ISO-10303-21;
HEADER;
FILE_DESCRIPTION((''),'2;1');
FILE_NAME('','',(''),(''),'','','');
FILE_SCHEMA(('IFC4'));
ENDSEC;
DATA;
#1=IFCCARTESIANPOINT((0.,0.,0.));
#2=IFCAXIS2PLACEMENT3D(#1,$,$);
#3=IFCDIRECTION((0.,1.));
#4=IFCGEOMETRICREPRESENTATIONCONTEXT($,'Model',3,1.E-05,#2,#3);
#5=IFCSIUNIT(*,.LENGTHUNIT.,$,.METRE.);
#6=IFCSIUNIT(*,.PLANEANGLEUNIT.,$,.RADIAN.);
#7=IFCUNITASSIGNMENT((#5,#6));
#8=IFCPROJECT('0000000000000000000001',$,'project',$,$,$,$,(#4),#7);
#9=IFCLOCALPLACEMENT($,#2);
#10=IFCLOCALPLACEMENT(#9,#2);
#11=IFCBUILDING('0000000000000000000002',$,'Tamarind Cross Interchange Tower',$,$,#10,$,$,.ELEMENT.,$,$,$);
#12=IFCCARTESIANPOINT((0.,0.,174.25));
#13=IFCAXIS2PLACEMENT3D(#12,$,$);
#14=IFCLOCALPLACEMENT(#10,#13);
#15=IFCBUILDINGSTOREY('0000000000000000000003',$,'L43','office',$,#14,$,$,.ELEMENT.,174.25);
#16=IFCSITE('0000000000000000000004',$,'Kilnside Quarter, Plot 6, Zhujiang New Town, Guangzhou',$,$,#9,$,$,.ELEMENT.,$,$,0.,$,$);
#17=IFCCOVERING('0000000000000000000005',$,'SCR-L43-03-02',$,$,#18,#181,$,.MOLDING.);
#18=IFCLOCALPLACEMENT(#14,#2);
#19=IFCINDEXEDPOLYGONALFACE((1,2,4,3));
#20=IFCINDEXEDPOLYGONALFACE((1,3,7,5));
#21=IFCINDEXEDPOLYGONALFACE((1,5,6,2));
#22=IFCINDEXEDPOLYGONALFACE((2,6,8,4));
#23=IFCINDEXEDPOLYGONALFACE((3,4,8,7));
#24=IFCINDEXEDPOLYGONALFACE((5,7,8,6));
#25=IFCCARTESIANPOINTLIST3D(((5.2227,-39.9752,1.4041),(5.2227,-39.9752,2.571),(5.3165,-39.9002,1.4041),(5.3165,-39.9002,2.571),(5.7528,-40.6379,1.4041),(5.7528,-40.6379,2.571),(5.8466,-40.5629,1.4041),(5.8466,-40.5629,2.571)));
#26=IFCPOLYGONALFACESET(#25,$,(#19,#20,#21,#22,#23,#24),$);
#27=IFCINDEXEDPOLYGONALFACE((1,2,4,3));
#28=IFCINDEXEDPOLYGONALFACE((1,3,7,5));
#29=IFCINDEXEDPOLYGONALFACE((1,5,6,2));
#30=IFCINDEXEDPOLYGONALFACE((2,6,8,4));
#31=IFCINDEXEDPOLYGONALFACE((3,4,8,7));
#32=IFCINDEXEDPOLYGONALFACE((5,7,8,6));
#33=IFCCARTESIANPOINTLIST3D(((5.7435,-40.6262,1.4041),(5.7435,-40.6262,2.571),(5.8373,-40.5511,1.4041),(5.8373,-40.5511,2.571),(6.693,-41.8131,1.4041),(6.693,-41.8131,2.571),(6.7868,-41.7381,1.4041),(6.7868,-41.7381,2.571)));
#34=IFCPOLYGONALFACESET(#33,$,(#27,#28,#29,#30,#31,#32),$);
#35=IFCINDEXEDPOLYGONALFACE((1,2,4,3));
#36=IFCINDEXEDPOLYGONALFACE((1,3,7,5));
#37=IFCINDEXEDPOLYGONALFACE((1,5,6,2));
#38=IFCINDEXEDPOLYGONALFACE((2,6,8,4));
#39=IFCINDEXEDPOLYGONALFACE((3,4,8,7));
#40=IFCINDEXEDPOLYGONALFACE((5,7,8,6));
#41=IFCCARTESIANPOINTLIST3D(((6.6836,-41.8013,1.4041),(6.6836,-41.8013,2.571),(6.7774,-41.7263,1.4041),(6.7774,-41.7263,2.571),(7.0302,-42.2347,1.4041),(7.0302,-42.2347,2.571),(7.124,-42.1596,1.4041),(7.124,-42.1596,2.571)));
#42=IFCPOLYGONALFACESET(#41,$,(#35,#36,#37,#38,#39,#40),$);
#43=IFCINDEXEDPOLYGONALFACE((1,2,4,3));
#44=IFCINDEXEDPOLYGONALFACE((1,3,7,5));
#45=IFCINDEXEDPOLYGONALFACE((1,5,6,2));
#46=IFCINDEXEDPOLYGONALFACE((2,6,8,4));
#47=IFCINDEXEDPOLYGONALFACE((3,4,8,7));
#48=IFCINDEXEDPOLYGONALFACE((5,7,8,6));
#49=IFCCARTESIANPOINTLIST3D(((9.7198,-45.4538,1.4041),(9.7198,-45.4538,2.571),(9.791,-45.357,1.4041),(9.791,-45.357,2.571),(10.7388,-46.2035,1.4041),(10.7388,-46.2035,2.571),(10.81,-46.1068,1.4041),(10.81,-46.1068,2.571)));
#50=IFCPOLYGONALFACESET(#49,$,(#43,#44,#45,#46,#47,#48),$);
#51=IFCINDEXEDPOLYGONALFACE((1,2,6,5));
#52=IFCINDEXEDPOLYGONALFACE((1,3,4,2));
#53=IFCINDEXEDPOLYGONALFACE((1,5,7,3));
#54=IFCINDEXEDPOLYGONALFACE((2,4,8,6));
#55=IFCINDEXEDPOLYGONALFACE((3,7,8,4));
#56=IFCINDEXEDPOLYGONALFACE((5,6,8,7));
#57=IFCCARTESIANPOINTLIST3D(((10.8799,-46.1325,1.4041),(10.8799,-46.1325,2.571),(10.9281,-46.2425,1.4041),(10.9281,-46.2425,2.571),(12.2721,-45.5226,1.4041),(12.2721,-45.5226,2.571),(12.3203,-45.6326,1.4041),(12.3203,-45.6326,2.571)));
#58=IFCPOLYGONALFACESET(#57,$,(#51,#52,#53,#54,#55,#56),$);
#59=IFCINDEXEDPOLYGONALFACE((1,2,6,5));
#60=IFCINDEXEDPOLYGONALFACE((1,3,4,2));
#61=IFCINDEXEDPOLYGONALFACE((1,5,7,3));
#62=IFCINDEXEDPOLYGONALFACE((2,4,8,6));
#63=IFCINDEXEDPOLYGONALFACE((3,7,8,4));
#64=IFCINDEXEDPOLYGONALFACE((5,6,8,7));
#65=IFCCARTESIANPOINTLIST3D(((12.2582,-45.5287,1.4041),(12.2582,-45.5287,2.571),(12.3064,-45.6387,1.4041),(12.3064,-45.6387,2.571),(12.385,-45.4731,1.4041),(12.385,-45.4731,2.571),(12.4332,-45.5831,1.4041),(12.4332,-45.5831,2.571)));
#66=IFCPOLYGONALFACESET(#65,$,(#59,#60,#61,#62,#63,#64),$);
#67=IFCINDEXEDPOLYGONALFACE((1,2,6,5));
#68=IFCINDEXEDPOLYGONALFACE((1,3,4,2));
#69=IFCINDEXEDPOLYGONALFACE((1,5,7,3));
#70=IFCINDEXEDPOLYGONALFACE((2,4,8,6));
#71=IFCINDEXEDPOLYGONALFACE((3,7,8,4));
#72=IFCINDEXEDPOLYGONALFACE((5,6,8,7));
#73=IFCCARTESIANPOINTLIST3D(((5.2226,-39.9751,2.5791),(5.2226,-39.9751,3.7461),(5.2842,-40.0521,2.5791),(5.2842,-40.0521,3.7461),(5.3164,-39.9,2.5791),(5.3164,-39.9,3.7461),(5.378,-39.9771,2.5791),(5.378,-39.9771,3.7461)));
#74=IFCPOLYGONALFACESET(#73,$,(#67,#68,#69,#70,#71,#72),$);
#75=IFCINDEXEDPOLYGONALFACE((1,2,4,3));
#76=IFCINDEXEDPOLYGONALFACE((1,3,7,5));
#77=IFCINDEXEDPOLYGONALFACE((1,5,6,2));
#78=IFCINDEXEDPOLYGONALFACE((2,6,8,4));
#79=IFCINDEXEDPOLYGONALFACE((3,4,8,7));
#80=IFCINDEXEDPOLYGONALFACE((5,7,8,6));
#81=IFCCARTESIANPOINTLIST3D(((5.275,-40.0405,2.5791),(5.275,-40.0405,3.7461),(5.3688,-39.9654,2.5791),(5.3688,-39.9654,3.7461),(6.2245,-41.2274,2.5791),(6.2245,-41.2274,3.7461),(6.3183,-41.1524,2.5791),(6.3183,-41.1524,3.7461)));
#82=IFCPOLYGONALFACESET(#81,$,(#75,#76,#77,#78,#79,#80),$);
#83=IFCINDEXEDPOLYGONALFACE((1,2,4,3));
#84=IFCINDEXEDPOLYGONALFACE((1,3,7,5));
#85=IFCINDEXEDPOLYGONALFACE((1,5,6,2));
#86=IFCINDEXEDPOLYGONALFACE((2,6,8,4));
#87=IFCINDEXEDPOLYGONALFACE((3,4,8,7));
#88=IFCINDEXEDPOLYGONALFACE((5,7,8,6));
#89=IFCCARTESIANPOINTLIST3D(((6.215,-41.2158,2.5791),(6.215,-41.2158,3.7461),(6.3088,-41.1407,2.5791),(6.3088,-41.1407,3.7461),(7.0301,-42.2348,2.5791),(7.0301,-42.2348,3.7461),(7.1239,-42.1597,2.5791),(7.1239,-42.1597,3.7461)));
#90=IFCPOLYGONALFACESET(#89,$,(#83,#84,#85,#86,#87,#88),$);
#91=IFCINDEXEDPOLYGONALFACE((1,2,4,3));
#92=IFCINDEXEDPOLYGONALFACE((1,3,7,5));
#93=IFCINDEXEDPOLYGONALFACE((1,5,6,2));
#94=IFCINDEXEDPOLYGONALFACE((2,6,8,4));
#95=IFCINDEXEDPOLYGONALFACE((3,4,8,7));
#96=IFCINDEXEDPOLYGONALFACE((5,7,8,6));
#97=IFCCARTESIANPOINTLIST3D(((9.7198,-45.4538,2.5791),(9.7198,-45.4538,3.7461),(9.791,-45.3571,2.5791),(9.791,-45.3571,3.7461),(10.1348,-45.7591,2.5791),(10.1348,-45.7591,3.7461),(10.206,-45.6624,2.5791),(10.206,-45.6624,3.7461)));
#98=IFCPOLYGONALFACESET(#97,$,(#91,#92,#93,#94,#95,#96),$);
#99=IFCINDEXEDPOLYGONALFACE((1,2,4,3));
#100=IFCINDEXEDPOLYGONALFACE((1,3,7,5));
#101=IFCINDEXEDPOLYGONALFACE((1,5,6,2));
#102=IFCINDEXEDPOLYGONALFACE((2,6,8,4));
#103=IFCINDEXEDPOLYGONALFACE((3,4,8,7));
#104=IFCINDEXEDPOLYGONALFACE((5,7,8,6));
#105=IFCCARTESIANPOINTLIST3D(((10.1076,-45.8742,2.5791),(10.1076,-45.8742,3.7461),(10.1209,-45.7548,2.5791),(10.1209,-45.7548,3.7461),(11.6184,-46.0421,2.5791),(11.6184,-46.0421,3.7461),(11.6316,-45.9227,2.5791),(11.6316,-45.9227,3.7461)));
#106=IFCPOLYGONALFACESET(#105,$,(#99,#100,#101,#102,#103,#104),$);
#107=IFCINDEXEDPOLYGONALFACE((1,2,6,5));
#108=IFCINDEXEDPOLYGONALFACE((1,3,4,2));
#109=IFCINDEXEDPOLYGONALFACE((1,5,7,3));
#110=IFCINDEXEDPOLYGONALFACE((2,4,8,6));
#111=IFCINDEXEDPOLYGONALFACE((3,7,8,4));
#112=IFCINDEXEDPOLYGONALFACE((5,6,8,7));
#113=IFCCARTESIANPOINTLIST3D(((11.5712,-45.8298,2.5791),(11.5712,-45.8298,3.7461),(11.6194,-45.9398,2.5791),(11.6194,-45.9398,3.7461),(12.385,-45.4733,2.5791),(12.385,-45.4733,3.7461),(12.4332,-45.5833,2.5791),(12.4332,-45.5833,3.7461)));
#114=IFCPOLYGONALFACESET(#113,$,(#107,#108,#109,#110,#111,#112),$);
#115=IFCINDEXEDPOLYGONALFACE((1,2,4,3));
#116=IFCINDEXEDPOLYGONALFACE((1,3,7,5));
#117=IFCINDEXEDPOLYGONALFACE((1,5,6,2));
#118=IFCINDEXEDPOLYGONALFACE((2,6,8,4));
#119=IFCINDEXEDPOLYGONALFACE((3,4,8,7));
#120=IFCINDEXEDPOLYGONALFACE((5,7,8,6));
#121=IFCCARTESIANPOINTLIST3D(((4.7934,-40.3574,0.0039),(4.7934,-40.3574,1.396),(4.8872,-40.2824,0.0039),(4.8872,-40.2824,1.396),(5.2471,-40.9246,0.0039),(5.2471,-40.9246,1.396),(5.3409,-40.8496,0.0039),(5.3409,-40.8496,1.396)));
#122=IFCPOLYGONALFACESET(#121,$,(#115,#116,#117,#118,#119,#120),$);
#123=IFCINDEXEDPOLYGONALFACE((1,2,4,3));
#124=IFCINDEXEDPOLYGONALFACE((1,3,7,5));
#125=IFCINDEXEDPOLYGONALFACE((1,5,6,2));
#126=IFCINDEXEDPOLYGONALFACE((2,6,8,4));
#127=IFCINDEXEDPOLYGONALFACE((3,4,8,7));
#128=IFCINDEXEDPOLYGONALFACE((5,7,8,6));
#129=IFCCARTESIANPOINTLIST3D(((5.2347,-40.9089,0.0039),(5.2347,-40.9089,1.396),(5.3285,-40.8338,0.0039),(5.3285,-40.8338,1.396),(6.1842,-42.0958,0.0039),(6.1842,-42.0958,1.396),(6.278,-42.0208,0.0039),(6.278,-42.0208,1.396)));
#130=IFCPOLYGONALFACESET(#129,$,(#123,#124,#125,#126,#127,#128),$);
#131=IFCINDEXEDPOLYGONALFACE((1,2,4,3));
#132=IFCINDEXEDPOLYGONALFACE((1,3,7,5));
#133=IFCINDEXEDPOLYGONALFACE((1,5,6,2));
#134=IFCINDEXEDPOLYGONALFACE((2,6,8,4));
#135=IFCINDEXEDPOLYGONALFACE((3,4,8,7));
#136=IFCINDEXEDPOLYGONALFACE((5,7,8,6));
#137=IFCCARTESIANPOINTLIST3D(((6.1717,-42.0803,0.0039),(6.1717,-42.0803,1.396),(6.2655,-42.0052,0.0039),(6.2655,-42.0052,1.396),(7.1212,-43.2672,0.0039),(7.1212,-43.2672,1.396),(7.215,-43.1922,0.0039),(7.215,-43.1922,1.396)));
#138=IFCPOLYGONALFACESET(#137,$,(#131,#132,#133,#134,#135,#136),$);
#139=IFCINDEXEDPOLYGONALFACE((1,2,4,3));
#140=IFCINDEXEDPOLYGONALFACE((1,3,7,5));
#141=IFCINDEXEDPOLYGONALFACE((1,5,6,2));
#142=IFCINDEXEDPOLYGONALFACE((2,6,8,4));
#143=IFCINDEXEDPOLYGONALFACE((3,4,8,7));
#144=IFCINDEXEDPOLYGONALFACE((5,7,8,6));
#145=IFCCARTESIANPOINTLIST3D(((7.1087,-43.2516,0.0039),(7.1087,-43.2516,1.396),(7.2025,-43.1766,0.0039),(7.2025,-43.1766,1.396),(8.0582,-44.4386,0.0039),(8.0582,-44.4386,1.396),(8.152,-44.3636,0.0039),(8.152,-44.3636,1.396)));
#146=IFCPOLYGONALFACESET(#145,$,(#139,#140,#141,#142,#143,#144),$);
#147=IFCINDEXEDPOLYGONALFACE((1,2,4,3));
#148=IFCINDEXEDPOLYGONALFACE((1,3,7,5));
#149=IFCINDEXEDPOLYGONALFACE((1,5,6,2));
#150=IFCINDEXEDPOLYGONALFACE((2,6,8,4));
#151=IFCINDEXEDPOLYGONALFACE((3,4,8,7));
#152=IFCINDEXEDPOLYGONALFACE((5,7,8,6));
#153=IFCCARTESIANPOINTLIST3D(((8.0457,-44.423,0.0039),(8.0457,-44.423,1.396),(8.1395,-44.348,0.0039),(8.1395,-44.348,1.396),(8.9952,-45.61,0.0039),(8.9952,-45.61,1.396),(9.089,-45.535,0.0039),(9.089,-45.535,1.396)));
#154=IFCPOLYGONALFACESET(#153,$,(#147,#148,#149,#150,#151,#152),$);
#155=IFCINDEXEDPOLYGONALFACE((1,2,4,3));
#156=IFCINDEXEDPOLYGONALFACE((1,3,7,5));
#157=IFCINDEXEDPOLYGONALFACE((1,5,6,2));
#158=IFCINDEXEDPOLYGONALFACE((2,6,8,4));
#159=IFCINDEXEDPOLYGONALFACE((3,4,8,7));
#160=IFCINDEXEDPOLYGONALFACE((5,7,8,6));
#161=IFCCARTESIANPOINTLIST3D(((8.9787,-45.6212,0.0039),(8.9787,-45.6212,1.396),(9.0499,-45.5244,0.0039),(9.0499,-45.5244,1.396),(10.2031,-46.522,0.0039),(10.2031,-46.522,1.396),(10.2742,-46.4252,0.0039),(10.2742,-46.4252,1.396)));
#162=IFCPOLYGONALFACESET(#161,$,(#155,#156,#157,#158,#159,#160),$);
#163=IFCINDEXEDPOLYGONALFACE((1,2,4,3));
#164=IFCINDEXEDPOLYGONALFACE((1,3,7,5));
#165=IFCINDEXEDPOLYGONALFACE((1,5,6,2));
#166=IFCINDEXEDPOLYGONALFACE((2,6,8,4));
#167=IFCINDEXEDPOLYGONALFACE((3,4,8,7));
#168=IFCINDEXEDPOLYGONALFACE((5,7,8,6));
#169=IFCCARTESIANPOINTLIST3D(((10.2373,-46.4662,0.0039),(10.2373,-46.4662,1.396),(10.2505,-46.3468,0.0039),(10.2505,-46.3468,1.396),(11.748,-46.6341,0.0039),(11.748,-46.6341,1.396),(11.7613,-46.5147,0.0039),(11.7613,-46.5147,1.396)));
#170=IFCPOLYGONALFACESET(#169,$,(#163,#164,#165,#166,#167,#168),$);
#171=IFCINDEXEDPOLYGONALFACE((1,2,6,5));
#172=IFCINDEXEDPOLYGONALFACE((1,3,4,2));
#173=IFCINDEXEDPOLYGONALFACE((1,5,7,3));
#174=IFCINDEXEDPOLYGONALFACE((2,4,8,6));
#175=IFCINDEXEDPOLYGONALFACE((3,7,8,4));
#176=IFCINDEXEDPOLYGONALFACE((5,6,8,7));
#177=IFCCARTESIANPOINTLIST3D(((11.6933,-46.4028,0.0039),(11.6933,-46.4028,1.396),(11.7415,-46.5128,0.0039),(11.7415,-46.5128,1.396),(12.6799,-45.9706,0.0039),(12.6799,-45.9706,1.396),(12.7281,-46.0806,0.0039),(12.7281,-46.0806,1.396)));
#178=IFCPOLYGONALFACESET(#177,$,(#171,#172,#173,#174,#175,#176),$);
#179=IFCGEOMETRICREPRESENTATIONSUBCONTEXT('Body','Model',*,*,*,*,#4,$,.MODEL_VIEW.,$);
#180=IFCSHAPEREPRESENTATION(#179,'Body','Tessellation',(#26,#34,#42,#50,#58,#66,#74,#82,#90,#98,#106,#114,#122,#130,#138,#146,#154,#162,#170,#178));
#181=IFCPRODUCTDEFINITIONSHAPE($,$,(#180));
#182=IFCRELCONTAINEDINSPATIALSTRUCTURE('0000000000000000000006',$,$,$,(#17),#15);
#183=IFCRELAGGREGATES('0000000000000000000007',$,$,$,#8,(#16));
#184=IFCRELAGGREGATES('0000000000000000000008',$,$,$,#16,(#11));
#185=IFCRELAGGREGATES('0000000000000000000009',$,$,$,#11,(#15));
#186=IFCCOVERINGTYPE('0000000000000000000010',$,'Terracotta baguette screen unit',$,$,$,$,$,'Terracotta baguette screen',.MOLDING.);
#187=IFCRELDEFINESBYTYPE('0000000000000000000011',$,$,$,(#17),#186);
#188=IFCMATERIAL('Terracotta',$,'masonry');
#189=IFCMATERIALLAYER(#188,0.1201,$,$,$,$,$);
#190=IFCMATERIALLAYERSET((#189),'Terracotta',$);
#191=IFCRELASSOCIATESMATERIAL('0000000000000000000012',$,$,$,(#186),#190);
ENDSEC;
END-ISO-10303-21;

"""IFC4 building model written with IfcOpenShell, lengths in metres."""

from ifc_helpers import new_model, si_unit, direction, frame, origin, origin_2d, place, context, subcontext, project, spatial, rectangle, extrude, material, layer, layer_set, type_object, element, save


model = new_model("IFC4")

# Units and contexts
model_context = context("Model", 3, precision=1e-05, world=origin(), true_north=direction((0.0, 1.0)))
body_context = subcontext(model_context, "Body", "Model", "MODEL_VIEW")
ifc_project = project(units=[si_unit("LENGTHUNIT", "METRE"), si_unit("PLANEANGLEUNIT", "RADIAN")], contexts=[model_context])

# Site, building, storey
site_placement = place(None, origin())
site = spatial("IfcSite", under=ifc_project, at=site_placement, Name="Kilnside Quarter, Plot 6, Zhujiang New Town, Guangzhou", CompositionType="ELEMENT", RefElevation=0.0)
building_placement = place(site_placement, origin())
building = spatial("IfcBuilding", under=site, at=building_placement, Name="Tamarind Cross Interchange Tower", CompositionType="ELEMENT")
storey_placement = place(building_placement, frame((0.0, 0.0, 174.25)))
storey = spatial("IfcBuildingStorey", under=building, at=storey_placement, Name="L43", Description="office", CompositionType="ELEMENT", Elevation=174.25)

# Covering
ifc_material_1 = material(Name="Terracotta", Category="masonry")
ifc_layer_1 = layer(ifc_material_1, 0.1201)
ifc_layer_set_1 = layer_set([ifc_layer_1], Name="Terracotta")
covering_type = type_object("IfcCoveringType", Name="Terracotta baguette screen unit", ElementType="Terracotta baguette screen", PredefinedType="MOLDING", material=ifc_layer_set_1)
covering_1_placement = place(storey_placement, origin())
element("IfcCovering", 1, at=covering_1_placement, inside=storey, type_object=covering_type, Name="SCR-L43-03-02", PredefinedType="MOLDING", context=body_context, shape_type="SweptSolid", body=[
    extrude(rectangle(XDim=0.8486, YDim=0.1201, at=origin_2d()), frame((5.5347, -40.269, 1.4041), z_axis=(0.0, 0.0, 1.0), x_axis=(0.624665, -0.780893, 0.0)), (0.0, 0.0, 1.0), 1.167),
    extrude(rectangle(XDim=1.52, YDim=0.1201, at=origin_2d()), frame((6.2651, -41.1821, 1.4041), z_axis=(0.0, 0.0, 1.0), x_axis=(0.624665, -0.780893, 0.0)), (0.0, 0.0, 1.0), 1.167),
    extrude(rectangle(XDim=0.5549, YDim=0.1201, at=origin_2d()), frame((6.9038, -41.9805, 1.4041), z_axis=(0.0, 0.0, 1.0), x_axis=(0.624665, -0.780893, 0.0)), (0.0, 0.0, 1.0), 1.167),
    extrude(rectangle(XDim=1.2651, YDim=0.1201, at=origin_2d()), frame((10.2649, -45.7803, 1.4041), z_axis=(0.0, 0.0, 1.0), x_axis=(0.80549, -0.592609, 0.0)), (0.0, 0.0, 1.0), 1.167),
    extrude(rectangle(XDim=1.52, YDim=0.1201, at=origin_2d()), frame((11.6001, -45.8826, 1.4041), z_axis=(0.0, 0.0, 1.0), x_axis=(0.91596, 0.40127, 0.0)), (0.0, 0.0, 1.0), 1.167),
    extrude(rectangle(XDim=0.1384, YDim=0.1201, at=origin_2d()), frame((12.3457, -45.5559, 1.4041), z_axis=(0.0, 0.0, 1.0), x_axis=(0.91596, 0.40127, 0.0)), (0.0, 0.0, 1.0), 1.167),
    extrude(rectangle(XDim=0.0986, YDim=0.1201, at=origin_2d()), frame((5.3003, -39.9761, 2.5791), z_axis=(0.0, 0.0, 1.0), x_axis=(0.624665, -0.780893, 0.0)), (0.0, 0.0, 1.0), 1.167),
    extrude(rectangle(XDim=1.52, YDim=0.1201, at=origin_2d()), frame((5.7966, -40.5964, 2.5791), z_axis=(0.0, 0.0, 1.0), x_axis=(0.624665, -0.780893, 0.0)), (0.0, 0.0, 1.0), 1.167),
    extrude(rectangle(XDim=1.3049, YDim=0.1201, at=origin_2d()), frame((6.6694, -41.6877, 2.5791), z_axis=(0.0, 0.0, 1.0), x_axis=(0.624665, -0.780893, 0.0)), (0.0, 0.0, 1.0), 1.167),
    extrude(rectangle(XDim=0.5151, YDim=0.1201, at=origin_2d()), frame((9.9629, -45.5581, 2.5791), z_axis=(0.0, 0.0, 1.0), x_axis=(0.80549, -0.592609, 0.0)), (0.0, 0.0, 1.0), 1.167),
    extrude(rectangle(XDim=1.52, YDim=0.1201, at=origin_2d()), frame((10.8696, -45.8984, 2.5791), z_axis=(0.0, 0.0, 1.0), x_axis=(0.993879, -0.11047, 0.0)), (0.0, 0.0, 1.0), 1.167),
    extrude(rectangle(XDim=0.8884, YDim=0.1201, at=origin_2d()), frame((12.0022, -45.7065, 2.5791), z_axis=(0.0, 0.0, 1.0), x_axis=(0.91596, 0.40127, 0.0)), (0.0, 0.0, 1.0), 1.167),
    extrude(rectangle(XDim=0.7263, YDim=0.1201, at=origin_2d()), frame((5.0671, -40.6035, 0.0039), z_axis=(0.0, 0.0, 1.0), x_axis=(0.624665, -0.780893, 0.0)), (0.0, 0.0, 1.0), 1.3921),
    extrude(rectangle(XDim=1.52, YDim=0.1201, at=origin_2d()), frame((5.7563, -41.4648, 0.0039), z_axis=(0.0, 0.0, 1.0), x_axis=(0.624665, -0.780893, 0.0)), (0.0, 0.0, 1.0), 1.3921),
    extrude(rectangle(XDim=1.52, YDim=0.1201, at=origin_2d()), frame((6.6934, -42.6362, 0.0039), z_axis=(0.0, 0.0, 1.0), x_axis=(0.624665, -0.780893, 0.0)), (0.0, 0.0, 1.0), 1.3921),
    extrude(rectangle(XDim=1.52, YDim=0.1201, at=origin_2d()), frame((7.6304, -43.8076, 0.0039), z_axis=(0.0, 0.0, 1.0), x_axis=(0.624665, -0.780893, 0.0)), (0.0, 0.0, 1.0), 1.3921),
    extrude(rectangle(XDim=1.52, YDim=0.1201, at=origin_2d()), frame((8.5674, -44.979, 0.0039), z_axis=(0.0, 0.0, 1.0), x_axis=(0.624665, -0.780893, 0.0)), (0.0, 0.0, 1.0), 1.3921),
    extrude(rectangle(XDim=1.52, YDim=0.1201, at=origin_2d()), frame((9.6265, -46.0232, 0.0039), z_axis=(0.0, 0.0, 1.0), x_axis=(0.80549, -0.592609, 0.0)), (0.0, 0.0, 1.0), 1.3921),
    extrude(rectangle(XDim=1.52, YDim=0.1201, at=origin_2d()), frame((10.9993, -46.4905, 0.0039), z_axis=(0.0, 0.0, 1.0), x_axis=(0.993879, -0.11047, 0.0)), (0.0, 0.0, 1.0), 1.3921),
    extrude(rectangle(XDim=1.0771, YDim=0.1201, at=origin_2d()), frame((12.2107, -46.2417, 0.0039), z_axis=(0.0, 0.0, 1.0), x_axis=(0.91596, 0.40127, 0.0)), (0.0, 0.0, 1.0), 1.3921),
])

save(model, "model.ifc")
